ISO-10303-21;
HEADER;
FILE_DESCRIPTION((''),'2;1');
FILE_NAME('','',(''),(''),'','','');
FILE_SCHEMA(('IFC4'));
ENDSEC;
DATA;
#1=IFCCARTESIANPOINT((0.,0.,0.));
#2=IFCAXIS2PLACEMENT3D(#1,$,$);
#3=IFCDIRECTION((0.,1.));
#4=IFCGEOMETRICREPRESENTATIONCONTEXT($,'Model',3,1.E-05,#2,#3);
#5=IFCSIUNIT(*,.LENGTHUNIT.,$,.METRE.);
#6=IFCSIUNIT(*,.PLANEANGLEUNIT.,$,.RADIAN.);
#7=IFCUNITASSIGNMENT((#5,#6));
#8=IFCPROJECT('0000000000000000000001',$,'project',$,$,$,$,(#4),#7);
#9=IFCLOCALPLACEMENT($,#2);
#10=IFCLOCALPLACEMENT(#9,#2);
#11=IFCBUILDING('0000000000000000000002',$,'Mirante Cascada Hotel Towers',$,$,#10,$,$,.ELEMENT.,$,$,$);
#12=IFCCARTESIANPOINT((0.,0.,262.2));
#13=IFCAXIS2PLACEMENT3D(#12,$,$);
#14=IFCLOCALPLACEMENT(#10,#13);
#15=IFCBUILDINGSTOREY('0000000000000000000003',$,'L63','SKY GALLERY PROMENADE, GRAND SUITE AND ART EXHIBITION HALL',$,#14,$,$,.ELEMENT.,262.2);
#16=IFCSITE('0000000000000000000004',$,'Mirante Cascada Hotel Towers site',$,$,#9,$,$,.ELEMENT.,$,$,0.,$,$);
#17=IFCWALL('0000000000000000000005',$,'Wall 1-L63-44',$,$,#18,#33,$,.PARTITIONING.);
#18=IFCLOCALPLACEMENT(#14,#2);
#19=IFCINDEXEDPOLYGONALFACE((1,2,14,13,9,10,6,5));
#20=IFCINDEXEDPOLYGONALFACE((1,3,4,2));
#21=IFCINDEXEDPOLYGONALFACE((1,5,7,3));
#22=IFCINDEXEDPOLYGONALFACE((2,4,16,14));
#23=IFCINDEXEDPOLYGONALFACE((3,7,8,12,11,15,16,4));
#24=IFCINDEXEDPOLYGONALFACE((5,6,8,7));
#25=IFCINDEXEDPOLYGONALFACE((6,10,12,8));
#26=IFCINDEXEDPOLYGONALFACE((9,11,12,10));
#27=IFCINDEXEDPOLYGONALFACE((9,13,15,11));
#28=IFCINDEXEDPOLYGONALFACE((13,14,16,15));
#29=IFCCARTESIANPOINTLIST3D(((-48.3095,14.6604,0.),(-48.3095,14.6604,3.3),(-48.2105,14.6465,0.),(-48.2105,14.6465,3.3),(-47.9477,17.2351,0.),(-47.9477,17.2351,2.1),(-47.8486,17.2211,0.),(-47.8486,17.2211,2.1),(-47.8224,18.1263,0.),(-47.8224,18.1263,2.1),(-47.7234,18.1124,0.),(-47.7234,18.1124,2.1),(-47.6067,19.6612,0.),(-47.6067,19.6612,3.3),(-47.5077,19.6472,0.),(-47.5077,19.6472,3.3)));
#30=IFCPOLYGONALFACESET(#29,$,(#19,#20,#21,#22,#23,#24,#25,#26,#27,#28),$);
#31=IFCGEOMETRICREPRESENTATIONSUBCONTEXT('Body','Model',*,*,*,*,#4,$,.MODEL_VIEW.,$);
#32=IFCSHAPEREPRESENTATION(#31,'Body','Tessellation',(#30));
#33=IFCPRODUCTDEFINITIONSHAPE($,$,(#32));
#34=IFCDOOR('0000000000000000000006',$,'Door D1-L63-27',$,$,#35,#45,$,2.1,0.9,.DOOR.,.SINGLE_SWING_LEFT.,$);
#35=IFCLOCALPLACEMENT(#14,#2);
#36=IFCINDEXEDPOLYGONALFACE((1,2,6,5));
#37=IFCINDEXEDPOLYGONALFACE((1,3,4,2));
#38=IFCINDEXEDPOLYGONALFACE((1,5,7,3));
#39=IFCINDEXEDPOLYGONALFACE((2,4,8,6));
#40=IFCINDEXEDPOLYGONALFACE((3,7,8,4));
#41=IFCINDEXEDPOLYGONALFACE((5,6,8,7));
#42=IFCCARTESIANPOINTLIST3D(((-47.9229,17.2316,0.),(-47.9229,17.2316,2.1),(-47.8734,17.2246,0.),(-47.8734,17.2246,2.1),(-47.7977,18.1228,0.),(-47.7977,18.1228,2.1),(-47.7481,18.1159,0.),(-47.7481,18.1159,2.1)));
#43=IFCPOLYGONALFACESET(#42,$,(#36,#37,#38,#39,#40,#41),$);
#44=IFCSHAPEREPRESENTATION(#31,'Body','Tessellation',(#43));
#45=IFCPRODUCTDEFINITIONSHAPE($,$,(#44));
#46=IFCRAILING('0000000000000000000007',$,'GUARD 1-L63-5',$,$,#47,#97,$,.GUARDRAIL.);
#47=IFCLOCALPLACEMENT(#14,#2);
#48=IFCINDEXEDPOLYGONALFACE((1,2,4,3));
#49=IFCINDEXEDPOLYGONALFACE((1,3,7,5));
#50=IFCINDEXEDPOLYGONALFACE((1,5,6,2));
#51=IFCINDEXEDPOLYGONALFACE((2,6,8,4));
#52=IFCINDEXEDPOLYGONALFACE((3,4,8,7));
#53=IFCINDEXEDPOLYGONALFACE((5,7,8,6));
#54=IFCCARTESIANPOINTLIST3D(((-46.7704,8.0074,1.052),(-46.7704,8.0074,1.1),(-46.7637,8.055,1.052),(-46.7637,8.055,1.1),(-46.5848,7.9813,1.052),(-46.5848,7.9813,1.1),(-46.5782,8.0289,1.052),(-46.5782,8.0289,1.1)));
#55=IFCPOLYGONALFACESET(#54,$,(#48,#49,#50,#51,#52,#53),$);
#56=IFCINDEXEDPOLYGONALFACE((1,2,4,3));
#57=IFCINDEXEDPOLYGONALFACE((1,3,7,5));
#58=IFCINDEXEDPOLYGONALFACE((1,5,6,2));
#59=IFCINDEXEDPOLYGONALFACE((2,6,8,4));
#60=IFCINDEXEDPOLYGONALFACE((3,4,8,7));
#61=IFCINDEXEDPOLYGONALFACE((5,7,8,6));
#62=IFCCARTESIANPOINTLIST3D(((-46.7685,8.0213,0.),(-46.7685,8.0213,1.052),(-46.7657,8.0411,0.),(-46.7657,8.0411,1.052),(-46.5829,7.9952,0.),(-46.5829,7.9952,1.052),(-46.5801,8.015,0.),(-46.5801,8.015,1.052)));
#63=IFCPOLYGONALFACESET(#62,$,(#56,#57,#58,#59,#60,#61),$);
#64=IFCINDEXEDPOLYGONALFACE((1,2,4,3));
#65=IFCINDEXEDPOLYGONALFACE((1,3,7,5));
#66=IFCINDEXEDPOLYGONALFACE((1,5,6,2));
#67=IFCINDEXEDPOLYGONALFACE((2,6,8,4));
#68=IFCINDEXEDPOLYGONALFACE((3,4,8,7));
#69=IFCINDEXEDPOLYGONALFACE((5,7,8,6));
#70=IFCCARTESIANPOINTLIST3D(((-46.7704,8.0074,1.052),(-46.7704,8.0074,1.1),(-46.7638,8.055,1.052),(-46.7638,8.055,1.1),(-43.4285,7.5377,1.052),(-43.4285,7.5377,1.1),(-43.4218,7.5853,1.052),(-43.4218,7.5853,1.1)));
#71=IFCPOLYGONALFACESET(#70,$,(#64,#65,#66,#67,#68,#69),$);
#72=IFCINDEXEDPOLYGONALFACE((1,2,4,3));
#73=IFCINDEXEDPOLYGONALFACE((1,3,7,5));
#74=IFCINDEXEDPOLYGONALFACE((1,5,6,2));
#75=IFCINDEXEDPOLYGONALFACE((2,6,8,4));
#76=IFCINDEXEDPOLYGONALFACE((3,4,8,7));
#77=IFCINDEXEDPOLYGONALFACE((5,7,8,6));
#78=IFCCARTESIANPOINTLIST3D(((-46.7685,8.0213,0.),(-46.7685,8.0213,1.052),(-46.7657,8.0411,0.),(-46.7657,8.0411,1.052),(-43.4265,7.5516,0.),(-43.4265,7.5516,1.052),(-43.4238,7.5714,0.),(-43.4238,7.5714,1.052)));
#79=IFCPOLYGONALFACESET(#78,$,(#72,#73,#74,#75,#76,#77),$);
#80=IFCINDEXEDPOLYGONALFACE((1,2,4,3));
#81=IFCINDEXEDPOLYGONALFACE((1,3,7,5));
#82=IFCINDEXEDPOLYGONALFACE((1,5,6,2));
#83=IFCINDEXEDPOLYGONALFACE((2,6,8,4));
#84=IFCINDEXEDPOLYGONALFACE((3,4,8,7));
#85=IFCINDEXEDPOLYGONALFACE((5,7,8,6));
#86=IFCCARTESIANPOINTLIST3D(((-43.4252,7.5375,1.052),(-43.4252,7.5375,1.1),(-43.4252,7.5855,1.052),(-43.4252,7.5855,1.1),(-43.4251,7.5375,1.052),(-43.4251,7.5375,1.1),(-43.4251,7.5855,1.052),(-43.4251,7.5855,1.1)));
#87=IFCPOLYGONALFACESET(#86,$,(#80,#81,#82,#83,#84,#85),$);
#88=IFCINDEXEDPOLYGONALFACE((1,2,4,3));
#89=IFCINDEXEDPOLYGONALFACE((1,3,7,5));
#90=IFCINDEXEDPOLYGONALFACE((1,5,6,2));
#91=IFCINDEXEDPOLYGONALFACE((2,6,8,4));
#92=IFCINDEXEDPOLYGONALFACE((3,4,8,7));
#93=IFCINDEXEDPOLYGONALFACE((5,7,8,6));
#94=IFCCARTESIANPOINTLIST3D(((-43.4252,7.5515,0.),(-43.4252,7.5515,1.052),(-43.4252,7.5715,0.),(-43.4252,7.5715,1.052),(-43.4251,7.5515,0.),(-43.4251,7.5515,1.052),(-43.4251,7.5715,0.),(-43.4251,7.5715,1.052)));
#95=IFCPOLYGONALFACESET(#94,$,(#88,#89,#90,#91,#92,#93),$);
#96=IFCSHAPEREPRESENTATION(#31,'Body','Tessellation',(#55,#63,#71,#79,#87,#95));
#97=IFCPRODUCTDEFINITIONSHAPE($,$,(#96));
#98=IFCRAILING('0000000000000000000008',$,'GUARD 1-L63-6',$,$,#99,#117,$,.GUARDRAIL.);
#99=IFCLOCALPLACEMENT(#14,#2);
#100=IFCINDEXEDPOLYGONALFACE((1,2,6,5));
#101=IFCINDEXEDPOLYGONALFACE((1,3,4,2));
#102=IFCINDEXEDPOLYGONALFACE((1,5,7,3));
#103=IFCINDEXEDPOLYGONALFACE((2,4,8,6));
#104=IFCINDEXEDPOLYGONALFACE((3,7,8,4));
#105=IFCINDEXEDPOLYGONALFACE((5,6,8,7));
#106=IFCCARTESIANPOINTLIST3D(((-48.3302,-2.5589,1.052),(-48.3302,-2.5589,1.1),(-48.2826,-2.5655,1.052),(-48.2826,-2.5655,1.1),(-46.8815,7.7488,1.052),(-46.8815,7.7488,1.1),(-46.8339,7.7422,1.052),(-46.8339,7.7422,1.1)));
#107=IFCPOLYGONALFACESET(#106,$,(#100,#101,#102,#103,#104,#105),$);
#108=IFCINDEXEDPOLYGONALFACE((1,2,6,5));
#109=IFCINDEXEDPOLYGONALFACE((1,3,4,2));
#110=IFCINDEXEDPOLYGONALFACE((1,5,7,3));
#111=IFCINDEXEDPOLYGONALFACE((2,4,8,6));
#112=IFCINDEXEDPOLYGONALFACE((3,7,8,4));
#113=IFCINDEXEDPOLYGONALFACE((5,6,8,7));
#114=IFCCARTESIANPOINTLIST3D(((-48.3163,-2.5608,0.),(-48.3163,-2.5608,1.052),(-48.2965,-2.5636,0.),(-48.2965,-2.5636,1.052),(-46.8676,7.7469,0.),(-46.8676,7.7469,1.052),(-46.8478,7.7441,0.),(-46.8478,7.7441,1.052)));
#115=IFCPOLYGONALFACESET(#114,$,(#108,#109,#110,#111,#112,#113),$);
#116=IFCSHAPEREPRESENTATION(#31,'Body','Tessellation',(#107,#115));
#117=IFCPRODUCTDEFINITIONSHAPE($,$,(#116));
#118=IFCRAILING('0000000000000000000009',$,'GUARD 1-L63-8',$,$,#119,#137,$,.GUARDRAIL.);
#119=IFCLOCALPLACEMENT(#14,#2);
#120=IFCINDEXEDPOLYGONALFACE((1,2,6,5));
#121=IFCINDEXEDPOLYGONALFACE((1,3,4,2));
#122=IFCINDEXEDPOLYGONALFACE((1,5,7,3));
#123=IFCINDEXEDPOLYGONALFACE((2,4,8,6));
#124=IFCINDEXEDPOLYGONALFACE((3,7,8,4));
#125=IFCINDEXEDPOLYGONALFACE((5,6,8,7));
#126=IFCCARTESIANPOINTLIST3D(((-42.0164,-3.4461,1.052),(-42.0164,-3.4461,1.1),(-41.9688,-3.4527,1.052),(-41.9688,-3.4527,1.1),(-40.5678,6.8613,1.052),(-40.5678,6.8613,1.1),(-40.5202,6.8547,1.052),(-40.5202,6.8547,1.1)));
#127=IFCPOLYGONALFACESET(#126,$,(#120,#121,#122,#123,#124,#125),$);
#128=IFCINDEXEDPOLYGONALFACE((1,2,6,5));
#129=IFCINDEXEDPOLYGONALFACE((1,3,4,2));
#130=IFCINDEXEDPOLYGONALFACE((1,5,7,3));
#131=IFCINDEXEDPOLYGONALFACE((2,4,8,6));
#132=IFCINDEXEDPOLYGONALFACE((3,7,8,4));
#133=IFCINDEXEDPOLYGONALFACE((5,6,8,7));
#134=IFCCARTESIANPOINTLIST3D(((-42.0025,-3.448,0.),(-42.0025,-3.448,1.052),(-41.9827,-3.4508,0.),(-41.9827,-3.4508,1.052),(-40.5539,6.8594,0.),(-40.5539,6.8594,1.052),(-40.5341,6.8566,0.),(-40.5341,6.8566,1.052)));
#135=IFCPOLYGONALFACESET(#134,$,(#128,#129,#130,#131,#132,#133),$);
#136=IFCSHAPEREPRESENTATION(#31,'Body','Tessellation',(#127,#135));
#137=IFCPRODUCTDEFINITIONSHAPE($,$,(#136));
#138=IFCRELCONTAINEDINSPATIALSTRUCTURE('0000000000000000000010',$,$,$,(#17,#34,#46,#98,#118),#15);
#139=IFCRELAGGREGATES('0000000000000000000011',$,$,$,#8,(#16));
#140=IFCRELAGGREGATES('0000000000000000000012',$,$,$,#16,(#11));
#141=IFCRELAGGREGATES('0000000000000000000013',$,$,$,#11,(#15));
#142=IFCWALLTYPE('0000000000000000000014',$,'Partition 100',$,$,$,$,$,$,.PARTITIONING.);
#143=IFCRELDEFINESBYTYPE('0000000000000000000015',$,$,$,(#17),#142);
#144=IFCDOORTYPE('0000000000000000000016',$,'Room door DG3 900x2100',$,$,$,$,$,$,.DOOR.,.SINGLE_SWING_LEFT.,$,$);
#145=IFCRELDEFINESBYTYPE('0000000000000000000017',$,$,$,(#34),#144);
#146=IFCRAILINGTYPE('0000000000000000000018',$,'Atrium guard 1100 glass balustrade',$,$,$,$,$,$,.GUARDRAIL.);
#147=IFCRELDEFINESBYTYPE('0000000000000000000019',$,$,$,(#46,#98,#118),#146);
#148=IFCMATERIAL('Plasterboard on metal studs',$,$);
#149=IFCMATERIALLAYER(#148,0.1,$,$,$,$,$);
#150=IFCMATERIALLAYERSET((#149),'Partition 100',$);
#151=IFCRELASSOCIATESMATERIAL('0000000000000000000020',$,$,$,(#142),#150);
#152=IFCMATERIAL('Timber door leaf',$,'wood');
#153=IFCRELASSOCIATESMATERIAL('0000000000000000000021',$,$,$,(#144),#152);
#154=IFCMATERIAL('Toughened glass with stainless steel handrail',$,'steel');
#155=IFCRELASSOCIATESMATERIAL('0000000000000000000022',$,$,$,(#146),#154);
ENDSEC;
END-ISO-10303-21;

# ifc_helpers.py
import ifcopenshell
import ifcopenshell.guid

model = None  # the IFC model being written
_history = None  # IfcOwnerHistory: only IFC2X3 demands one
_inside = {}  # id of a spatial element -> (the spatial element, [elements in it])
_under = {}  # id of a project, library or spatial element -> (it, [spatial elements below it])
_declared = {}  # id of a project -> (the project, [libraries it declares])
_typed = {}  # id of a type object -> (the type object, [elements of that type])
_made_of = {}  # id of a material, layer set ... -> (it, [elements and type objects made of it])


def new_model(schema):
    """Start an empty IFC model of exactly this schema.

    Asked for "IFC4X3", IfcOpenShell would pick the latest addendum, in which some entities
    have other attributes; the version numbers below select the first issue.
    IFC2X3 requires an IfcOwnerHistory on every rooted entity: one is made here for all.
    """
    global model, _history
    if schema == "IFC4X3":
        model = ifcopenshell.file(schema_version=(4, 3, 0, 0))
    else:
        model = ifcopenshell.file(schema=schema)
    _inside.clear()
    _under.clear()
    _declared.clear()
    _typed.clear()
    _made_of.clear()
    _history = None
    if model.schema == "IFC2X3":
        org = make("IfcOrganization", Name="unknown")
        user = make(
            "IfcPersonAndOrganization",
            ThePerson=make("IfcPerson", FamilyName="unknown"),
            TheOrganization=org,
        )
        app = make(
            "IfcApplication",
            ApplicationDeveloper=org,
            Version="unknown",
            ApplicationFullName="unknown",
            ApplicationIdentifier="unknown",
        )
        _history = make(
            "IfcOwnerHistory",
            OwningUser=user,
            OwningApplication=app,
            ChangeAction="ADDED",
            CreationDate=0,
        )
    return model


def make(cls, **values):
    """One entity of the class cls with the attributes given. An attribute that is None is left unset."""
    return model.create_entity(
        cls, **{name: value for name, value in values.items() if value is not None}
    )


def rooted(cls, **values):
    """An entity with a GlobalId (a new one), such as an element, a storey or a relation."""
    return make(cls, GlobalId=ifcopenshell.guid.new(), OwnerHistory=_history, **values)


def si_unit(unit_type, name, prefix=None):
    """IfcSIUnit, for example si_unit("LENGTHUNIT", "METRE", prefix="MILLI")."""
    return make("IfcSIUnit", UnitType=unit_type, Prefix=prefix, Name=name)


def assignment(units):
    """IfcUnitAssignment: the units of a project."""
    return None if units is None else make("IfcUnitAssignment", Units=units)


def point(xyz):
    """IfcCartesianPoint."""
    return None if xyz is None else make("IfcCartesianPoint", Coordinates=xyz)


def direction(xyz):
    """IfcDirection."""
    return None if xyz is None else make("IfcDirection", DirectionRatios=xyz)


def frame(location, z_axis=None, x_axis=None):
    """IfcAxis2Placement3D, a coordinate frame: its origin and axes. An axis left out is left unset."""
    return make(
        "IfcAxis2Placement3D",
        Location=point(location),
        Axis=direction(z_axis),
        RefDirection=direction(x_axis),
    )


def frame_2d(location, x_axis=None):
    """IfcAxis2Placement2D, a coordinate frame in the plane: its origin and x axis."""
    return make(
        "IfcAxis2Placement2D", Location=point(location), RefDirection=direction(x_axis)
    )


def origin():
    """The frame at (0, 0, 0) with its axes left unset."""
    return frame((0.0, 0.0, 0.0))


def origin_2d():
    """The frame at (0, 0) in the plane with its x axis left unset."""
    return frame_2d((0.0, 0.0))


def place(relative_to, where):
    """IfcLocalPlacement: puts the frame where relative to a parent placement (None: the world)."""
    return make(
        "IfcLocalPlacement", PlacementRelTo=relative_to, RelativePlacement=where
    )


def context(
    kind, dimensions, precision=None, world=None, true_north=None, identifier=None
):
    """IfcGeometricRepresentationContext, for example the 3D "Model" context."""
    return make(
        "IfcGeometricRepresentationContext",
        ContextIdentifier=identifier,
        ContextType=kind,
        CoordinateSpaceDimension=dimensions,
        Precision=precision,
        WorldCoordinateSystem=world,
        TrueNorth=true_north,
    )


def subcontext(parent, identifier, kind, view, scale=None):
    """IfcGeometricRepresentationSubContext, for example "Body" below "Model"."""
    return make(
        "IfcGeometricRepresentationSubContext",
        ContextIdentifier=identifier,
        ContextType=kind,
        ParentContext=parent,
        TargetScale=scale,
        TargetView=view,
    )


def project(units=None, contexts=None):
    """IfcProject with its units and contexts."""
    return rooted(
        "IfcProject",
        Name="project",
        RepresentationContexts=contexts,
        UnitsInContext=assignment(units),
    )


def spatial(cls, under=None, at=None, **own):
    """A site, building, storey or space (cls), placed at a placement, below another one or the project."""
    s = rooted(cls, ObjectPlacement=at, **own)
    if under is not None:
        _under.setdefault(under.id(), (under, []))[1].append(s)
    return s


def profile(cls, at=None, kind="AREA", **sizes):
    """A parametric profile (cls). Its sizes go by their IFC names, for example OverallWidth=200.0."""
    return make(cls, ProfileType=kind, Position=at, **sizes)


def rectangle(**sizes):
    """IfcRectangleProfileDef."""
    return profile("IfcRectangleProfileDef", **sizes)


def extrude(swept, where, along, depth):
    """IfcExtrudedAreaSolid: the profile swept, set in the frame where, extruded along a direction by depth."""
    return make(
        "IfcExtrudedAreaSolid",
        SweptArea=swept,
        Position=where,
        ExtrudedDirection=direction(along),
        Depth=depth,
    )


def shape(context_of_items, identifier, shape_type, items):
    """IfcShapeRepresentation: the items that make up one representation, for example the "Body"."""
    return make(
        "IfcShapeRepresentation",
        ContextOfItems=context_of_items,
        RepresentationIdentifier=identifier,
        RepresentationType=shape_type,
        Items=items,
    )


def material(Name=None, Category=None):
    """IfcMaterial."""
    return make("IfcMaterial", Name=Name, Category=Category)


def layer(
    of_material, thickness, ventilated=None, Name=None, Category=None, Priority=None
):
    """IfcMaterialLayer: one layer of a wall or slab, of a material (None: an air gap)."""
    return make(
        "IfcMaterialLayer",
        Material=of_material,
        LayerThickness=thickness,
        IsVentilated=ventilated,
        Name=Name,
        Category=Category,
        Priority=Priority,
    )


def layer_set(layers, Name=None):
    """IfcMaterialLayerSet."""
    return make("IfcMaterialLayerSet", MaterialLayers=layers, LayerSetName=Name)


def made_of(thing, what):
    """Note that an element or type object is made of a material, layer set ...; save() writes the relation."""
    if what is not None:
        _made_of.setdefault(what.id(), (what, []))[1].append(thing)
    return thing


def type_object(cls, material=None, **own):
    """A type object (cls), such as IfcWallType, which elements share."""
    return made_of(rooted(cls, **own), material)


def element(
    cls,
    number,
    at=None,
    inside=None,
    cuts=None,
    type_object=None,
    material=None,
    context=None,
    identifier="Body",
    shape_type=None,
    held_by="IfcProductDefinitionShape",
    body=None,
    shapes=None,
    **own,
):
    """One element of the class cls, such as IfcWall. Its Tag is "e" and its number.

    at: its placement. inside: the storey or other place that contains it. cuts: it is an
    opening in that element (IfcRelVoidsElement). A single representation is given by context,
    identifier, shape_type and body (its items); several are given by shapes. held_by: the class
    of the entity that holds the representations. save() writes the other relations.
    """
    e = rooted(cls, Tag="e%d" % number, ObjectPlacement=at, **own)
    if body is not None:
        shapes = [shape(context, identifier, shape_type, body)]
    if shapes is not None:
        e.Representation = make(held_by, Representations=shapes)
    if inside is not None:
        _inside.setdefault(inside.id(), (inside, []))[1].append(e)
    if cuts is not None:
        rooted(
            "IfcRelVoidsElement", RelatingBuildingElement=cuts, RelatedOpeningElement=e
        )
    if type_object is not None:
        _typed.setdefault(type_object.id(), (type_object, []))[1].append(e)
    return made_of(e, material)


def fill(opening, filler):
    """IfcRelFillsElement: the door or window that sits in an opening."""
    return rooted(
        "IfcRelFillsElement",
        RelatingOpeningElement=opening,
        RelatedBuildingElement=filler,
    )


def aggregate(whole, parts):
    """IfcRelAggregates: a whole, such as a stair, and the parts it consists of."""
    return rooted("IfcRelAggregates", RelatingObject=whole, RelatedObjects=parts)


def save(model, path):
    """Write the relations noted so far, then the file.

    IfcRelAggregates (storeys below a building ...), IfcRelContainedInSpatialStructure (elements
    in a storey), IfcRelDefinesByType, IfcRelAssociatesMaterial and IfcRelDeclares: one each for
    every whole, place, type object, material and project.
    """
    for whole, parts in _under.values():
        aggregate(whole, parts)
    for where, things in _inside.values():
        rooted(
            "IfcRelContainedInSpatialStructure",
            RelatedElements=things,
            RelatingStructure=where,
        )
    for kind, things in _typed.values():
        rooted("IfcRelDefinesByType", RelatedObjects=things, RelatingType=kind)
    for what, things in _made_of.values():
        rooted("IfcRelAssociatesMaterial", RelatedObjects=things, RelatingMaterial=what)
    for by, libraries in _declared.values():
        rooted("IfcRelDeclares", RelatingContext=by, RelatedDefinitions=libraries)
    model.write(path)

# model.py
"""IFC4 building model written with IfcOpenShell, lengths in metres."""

from ifc_helpers import new_model, si_unit, direction, frame, frame_2d, origin, origin_2d, place, context, subcontext, project, spatial, rectangle, extrude, material, layer, layer_set, type_object, element, fill, save


model = new_model("IFC4")

# Units and contexts
model_context = context("Model", 3, precision=1e-05, world=origin(), true_north=direction((0.0, 1.0)))
body_context = subcontext(model_context, "Body", "Model", "MODEL_VIEW")
ifc_project = project(units=[si_unit("LENGTHUNIT", "METRE"), si_unit("PLANEANGLEUNIT", "RADIAN")], contexts=[model_context])

# Site, building, storey
site_placement = place(None, origin())
site = spatial("IfcSite", under=ifc_project, at=site_placement, Name="Mirante Cascada Hotel Towers site", CompositionType="ELEMENT", RefElevation=0.0)
building_placement = place(site_placement, origin())
building = spatial("IfcBuilding", under=site, at=building_placement, Name="Mirante Cascada Hotel Towers", CompositionType="ELEMENT")
storey_placement = place(building_placement, frame((0.0, 0.0, 262.2)))
storey = spatial("IfcBuildingStorey", under=building, at=storey_placement, Name="L63", Description="SKY GALLERY PROMENADE, GRAND SUITE AND ART EXHIBITION HALL", CompositionType="ELEMENT", Elevation=262.2)

# Wall, opening, door
ifc_material_1 = material(Name="Plasterboard on metal studs")
ifc_layer_1 = layer(ifc_material_1, 0.1)
ifc_layer_set_1 = layer_set([ifc_layer_1], Name="Partition 100")
wall_type_1 = type_object("IfcWallType", Name="Partition 100", PredefinedType="PARTITIONING", material=ifc_layer_set_1)
wall_1_placement = place(storey_placement, frame((-48.26, 14.6534, 0.0), z_axis=(0.0, 0.0, 1.0), x_axis=(0.13917, 0.990268, 0.0)))
wall_1 = element("IfcWall", 1, at=wall_1_placement, inside=storey, type_object=wall_type_1, Name="Wall 1-L63-44", PredefinedType="PARTITIONING", context=body_context, shape_type="SweptSolid", body=[
    extrude(rectangle(XDim=5.0499, YDim=0.1, at=frame_2d((2.525, 0.0))), origin(), (0.0, 0.0, 1.0), 3.3),
])
opening_1_placement = place(wall_1_placement, frame((2.6, 0.0, 0.0)))
opening_1 = element("IfcOpeningElement", 2, at=opening_1_placement, cuts=wall_1, PredefinedType="OPENING", context=body_context, shape_type="SweptSolid", body=[
    extrude(rectangle(XDim=0.9, YDim=2.1, at=frame_2d((0.45, 1.05))), frame((0.0, 0.05, 0.0), z_axis=(0.0, -1.0, 0.0), x_axis=(1.0, 0.0, 0.0)), (0.0, 0.0, 1.0), 0.1),
])
ifc_material_2 = material(Name="Timber door leaf", Category="wood")
door_type_1 = type_object("IfcDoorType", Name="Room door DG3 900x2100", OperationType="SINGLE_SWING_LEFT", PredefinedType="DOOR", material=ifc_material_2)
door_1_placement = place(opening_1_placement, origin())
door_1 = element("IfcDoor", 3, at=door_1_placement, inside=storey, type_object=door_type_1, Name="Door D1-L63-27", OperationType="SINGLE_SWING_LEFT", OverallHeight=2.1, OverallWidth=0.9, PredefinedType="DOOR", context=body_context, shape_type="SweptSolid", body=[
    extrude(rectangle(XDim=0.9, YDim=2.1, at=frame_2d((0.45, 1.05))), frame((0.0, 0.025, 0.0), z_axis=(0.0, -1.0, 0.0), x_axis=(1.0, 0.0, 0.0)), (0.0, 0.0, 1.0), 0.05),
])
fill(opening_1, door_1)

# Railings
ifc_material_3 = material(Name="Toughened glass with stainless steel handrail", Category="steel")
railing_type = type_object("IfcRailingType", Name="Atrium guard 1100 glass balustrade", PredefinedType="GUARDRAIL", material=ifc_material_3)
railing_1_placement = place(storey_placement, frame((-46.5815, 8.0051, 0.0)))
element("IfcRailing", 4, at=railing_1_placement, inside=storey, type_object=railing_type, Name="GUARD 1-L63-5", PredefinedType="GUARDRAIL", context=body_context, shape_type="SweptSolid", body=[
    extrude(rectangle(XDim=0.048, YDim=0.048, at=origin_2d()), frame((0.0, 0.0, 1.076), z_axis=(-0.990257, 0.139255, 0.0), x_axis=(-0.139255, -0.990257, 0.0)), (0.0, 0.0, 1.0), 0.1874),
    extrude(rectangle(XDim=0.02, YDim=1.052, at=origin_2d()), frame((0.0, 0.0, 0.526), z_axis=(-0.990257, 0.139255, 0.0), x_axis=(-0.139255, -0.990257, 0.0)), (0.0, 0.0, 1.0), 0.1874),
    extrude(rectangle(XDim=0.048, YDim=0.048, at=origin_2d()), frame((-0.1856, 0.0261, 1.076), z_axis=(0.990268, -0.139177, 0.0), x_axis=(0.139177, 0.990268, 0.0)), (0.0, 0.0, 1.0), 3.3748),
    extrude(rectangle(XDim=0.02, YDim=1.052, at=origin_2d()), frame((-0.1856, 0.0261, 0.526), z_axis=(0.990268, -0.139177, 0.0), x_axis=(0.139177, 0.990268, 0.0)), (0.0, 0.0, 1.0), 3.3748),
    extrude(rectangle(XDim=0.048, YDim=0.048, at=origin_2d()), frame((3.1564, -0.4436, 1.076), z_axis=(-1.0, 0.0, 0.0), x_axis=(0.0, -1.0, 0.0)), (0.0, 0.0, 1.0), 0.0001),
    extrude(rectangle(XDim=0.02, YDim=1.052, at=origin_2d()), frame((3.1564, -0.4436, 0.526), z_axis=(-1.0, 0.0, 0.0), x_axis=(0.0, -1.0, 0.0)), (0.0, 0.0, 1.0), 0.0001),
])
railing_2_placement = place(storey_placement, frame((-46.8577, 7.7455, 0.0)))
element("IfcRailing", 5, at=railing_2_placement, inside=storey, type_object=railing_type, Name="GUARD 1-L63-6", PredefinedType="GUARDRAIL", context=body_context, shape_type="SweptSolid", body=[
    extrude(rectangle(XDim=0.048, YDim=0.048, at=origin_2d()), frame((0.0, 0.0, 1.076), z_axis=(-0.139178, -0.990267, 0.0), x_axis=(0.990267, -0.139178, 0.0)), (0.0, 0.0, 1.0), 10.409),
    extrude(rectangle(XDim=0.02, YDim=1.052, at=origin_2d()), frame((0.0, 0.0, 0.526), z_axis=(-0.139178, -0.990267, 0.0), x_axis=(0.990267, -0.139178, 0.0)), (0.0, 0.0, 1.0), 10.409),
])
railing_3_placement = place(storey_placement, frame((-40.544, 6.858, 0.0)))
element("IfcRailing", 6, at=railing_3_placement, inside=storey, type_object=railing_type, Name="GUARD 1-L63-8", PredefinedType="GUARDRAIL", context=body_context, shape_type="SweptSolid", body=[
    extrude(rectangle(XDim=0.048, YDim=0.048, at=origin_2d()), frame((0.0, 0.0, 1.076), z_axis=(-0.139172, -0.990268, 0.0), x_axis=(0.990268, -0.139172, 0.0)), (0.0, 0.0, 1.0), 10.4087),
    extrude(rectangle(XDim=0.02, YDim=1.052, at=origin_2d()), frame((0.0, 0.0, 0.526), z_axis=(-0.139172, -0.990268, 0.0), x_axis=(0.990268, -0.139172, 0.0)), (0.0, 0.0, 1.0), 10.4087),
])

save(model, "model.ifc")
